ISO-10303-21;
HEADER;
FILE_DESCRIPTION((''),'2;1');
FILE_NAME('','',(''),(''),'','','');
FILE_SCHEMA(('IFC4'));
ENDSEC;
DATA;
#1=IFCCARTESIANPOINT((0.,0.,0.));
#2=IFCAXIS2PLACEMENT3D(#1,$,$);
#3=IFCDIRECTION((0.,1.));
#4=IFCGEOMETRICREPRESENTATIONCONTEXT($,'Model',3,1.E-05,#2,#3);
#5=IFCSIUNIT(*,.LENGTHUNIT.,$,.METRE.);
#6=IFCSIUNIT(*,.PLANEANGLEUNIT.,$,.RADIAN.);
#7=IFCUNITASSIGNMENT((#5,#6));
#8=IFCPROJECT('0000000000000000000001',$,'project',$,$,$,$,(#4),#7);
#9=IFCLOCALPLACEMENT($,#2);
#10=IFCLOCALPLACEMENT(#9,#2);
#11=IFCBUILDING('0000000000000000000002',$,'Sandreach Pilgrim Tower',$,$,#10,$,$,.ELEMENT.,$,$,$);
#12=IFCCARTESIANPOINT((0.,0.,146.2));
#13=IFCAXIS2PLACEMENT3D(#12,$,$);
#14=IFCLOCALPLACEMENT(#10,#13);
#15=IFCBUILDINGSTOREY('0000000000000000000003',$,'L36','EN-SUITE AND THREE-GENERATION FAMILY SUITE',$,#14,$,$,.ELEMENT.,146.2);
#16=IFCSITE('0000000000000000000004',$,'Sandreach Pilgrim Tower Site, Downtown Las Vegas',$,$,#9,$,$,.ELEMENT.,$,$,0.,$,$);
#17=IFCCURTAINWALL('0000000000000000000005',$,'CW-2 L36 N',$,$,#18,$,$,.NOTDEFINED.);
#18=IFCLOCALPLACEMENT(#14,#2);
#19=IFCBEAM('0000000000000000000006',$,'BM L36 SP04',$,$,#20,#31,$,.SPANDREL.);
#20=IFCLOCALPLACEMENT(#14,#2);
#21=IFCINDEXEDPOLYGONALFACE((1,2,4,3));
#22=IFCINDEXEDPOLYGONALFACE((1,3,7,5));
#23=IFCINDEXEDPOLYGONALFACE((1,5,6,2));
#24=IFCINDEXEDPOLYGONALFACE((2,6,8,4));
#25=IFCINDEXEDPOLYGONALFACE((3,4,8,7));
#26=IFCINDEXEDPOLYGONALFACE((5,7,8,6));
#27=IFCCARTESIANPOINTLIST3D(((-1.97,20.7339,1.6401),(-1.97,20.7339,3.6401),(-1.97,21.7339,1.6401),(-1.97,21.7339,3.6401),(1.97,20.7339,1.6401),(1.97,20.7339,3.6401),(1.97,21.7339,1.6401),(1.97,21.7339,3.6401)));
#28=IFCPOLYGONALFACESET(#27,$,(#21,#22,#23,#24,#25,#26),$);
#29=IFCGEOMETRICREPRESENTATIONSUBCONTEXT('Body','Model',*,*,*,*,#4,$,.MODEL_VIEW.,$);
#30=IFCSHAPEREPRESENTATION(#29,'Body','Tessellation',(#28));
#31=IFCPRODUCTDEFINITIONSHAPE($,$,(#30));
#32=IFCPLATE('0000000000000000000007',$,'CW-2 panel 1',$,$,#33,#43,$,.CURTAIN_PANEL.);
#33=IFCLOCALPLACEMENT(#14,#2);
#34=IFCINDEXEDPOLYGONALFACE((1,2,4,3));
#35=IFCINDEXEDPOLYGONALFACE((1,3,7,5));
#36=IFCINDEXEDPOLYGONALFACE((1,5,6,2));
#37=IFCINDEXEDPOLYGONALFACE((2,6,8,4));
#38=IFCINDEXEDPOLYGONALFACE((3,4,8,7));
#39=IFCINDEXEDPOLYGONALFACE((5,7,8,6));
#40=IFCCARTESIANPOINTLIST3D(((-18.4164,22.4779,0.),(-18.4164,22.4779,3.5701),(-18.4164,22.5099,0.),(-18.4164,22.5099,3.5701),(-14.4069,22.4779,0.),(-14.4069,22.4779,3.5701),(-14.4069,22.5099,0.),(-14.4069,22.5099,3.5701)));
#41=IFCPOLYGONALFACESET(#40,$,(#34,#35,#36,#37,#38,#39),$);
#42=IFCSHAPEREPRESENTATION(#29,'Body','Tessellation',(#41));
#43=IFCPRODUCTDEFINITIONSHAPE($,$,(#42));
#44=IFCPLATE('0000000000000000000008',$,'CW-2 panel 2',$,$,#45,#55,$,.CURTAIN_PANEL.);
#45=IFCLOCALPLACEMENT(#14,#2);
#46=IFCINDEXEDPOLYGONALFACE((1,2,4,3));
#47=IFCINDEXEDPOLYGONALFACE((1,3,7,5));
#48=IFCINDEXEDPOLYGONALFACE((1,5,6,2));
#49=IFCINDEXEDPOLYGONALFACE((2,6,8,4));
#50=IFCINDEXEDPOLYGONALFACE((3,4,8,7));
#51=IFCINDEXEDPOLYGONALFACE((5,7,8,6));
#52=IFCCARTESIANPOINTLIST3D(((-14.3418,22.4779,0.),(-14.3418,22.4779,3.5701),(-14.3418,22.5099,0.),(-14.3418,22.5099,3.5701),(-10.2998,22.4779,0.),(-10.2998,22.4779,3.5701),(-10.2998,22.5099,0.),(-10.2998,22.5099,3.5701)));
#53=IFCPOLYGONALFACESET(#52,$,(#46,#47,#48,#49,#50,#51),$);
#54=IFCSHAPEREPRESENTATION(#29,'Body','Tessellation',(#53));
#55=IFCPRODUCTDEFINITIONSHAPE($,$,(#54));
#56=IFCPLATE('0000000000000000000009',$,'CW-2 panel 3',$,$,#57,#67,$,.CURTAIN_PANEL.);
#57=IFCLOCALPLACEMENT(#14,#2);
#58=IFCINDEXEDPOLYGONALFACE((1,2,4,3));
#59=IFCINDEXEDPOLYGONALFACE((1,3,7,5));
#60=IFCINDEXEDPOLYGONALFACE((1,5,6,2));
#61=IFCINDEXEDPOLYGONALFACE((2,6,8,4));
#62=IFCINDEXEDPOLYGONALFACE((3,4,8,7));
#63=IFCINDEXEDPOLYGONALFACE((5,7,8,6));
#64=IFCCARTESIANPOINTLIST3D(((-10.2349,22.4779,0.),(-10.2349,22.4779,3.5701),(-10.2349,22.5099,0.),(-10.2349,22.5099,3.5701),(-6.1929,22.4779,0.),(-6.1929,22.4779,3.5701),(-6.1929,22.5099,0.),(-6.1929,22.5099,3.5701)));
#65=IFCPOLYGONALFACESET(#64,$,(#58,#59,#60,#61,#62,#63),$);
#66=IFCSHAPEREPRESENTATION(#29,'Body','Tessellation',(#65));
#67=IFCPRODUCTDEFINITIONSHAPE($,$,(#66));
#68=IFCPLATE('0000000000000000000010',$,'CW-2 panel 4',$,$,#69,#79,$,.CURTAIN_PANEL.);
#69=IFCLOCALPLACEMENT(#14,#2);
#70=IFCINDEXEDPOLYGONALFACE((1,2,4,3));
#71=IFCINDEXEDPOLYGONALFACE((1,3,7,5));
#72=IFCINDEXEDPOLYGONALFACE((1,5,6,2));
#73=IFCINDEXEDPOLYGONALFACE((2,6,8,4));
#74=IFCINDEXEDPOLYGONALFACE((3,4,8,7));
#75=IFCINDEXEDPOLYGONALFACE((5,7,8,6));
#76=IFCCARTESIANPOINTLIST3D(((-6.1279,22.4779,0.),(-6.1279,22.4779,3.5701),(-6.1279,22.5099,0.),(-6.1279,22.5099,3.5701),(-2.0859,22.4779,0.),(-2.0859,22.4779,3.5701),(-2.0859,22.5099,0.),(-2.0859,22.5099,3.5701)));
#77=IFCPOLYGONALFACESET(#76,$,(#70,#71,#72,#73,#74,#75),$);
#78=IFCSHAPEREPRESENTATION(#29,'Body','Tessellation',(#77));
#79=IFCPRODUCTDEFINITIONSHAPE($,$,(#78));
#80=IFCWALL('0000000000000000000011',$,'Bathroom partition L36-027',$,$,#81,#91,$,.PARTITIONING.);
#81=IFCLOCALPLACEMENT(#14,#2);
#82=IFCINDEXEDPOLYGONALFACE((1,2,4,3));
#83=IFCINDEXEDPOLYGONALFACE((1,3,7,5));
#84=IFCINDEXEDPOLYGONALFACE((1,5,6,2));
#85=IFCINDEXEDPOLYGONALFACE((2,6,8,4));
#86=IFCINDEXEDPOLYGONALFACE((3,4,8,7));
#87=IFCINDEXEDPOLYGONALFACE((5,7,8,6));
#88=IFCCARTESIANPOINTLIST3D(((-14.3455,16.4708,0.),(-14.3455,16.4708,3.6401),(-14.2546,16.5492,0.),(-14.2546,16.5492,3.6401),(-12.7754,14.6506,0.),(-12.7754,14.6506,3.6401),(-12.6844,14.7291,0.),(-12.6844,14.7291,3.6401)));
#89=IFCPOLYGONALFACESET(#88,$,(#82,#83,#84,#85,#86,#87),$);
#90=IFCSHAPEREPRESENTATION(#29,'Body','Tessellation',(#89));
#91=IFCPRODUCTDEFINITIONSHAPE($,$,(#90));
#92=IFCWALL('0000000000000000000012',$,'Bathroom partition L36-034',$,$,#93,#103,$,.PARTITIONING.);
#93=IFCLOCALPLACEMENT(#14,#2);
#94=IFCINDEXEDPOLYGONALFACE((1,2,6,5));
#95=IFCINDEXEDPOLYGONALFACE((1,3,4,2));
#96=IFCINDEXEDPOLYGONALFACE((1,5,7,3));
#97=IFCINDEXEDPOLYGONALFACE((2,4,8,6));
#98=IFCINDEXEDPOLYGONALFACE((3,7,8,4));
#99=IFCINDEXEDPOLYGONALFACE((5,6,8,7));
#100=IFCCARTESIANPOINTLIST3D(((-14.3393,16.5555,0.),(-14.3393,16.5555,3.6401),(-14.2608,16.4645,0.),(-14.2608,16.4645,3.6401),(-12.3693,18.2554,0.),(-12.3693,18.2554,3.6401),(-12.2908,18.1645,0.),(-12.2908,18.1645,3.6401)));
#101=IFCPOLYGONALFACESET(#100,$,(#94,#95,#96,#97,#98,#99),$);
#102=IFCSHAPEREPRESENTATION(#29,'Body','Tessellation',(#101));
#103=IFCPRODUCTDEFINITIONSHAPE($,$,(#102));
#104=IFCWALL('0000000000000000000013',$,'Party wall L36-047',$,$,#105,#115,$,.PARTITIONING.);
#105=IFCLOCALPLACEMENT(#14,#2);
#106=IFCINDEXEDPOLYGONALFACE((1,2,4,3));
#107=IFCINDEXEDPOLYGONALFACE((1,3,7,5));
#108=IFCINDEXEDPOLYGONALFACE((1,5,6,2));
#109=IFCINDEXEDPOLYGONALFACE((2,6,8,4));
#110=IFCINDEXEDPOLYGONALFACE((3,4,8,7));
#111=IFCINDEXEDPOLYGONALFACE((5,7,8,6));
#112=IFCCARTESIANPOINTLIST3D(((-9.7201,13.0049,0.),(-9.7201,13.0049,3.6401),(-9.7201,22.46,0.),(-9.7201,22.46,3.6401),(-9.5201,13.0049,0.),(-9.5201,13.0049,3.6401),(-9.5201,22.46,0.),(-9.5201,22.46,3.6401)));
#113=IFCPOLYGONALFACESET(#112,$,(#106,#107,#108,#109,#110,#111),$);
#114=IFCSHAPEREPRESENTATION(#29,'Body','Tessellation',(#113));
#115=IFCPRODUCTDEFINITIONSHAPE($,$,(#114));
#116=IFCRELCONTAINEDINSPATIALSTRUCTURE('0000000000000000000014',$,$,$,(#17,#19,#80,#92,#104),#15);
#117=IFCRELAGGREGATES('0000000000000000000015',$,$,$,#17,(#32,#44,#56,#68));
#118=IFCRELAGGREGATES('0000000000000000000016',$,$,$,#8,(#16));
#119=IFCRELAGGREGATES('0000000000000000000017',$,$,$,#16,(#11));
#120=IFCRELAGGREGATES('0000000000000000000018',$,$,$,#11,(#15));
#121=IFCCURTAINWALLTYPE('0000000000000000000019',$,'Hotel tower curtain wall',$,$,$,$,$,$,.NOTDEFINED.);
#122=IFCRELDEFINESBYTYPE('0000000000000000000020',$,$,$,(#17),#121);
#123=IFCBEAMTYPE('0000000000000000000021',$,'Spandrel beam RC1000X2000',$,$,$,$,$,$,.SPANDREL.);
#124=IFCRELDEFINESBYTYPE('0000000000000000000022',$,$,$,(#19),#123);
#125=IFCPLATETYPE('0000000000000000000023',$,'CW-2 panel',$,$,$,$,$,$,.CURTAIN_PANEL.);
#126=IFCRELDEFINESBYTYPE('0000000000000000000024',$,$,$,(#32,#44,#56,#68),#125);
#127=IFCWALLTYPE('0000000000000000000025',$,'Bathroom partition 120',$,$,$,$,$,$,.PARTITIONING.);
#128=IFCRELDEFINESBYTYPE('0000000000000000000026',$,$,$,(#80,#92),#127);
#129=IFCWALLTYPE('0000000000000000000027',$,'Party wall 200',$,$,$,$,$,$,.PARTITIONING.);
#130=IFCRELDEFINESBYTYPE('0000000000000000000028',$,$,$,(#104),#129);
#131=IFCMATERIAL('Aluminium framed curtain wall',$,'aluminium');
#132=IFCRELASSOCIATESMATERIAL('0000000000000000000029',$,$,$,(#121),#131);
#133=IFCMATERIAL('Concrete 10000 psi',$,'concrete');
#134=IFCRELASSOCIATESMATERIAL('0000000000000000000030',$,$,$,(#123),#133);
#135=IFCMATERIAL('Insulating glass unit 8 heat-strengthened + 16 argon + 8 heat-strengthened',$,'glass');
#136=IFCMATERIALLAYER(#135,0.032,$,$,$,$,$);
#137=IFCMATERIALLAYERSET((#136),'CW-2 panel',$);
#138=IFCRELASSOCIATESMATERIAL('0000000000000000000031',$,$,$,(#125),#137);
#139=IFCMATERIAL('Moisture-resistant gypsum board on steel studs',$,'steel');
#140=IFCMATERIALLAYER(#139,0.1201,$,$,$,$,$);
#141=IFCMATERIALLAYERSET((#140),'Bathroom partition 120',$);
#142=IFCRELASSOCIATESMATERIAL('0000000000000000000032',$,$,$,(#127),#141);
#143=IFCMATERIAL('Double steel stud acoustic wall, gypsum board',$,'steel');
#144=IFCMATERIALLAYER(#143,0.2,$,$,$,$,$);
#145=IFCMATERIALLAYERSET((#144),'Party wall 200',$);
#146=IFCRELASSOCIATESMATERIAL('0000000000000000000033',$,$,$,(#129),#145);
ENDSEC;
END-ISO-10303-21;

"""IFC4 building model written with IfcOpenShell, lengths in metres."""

from ifc_helpers import new_model, si_unit, direction, frame, frame_2d, origin, origin_2d, place, context, subcontext, project, spatial, rectangle, extrude, material, layer, layer_set, material_profile, profile_set, type_object, element, aggregate, save


model = new_model("IFC4")

# Units and contexts
model_context = context("Model", 3, precision=1e-05, world=origin(), true_north=direction((0.0, 1.0)))
body_context = subcontext(model_context, "Body", "Model", "MODEL_VIEW")
ifc_project = project(units=[si_unit("LENGTHUNIT", "METRE"), si_unit("PLANEANGLEUNIT", "RADIAN")], contexts=[model_context])

# Site, building, storey
site_placement = place(None, origin())
site = spatial("IfcSite", under=ifc_project, at=site_placement, Name="Sandreach Pilgrim Tower Site, Downtown Las Vegas", CompositionType="ELEMENT", RefElevation=0.0)
building_placement = place(site_placement, origin())
building = spatial("IfcBuilding", under=site, at=building_placement, Name="Sandreach Pilgrim Tower", CompositionType="ELEMENT")
storey_placement = place(building_placement, frame((0.0, 0.0, 146.2)))
storey = spatial("IfcBuildingStorey", under=building, at=storey_placement, Name="L36", Description="EN-SUITE AND THREE-GENERATION FAMILY SUITE", CompositionType="ELEMENT", Elevation=146.2)

# Curtain wall
ifc_material_1 = material(Name="Aluminium framed curtain wall", Category="aluminium")
curtain_wall_type = type_object("IfcCurtainWallType", Name="Hotel tower curtain wall", PredefinedType="NOTDEFINED", material=ifc_material_1)
curtain_wall_placement = place(storey_placement, origin())
curtain_wall = element("IfcCurtainWall", 1, at=curtain_wall_placement, inside=storey, type_object=curtain_wall_type, Name="CW-2 L36 N", PredefinedType="NOTDEFINED")

# Beam
ifc_material_2 = material(Name="Concrete 10000 psi", Category="concrete")
ifc_material_profile_1 = material_profile(ifc_material_2, rectangle(XDim=1.0, YDim=2.0, at=origin_2d()), Name="RC1000X2000")
ifc_profile_set_1 = profile_set([ifc_material_profile_1], Name="Concrete 10000 psi")
beam_type_1 = type_object("IfcBeamType", Name="Spandrel beam RC1000X2000", PredefinedType="SPANDREL", material=ifc_profile_set_1)
for number, where, z_axis, x_axis, name in (
    (2, (-1.97, 21.2339, 2.6401), (1.0, 0.0, 0.0), (0.0, 1.0, 0.0), "BM L36 SP04"),
):
    element("IfcBeam", number, at=place(storey_placement, frame(where, z_axis=z_axis, x_axis=x_axis)), inside=storey, type_object=beam_type_1, Name=name, PredefinedType="SPANDREL", context=body_context, shape_type="SweptSolid", body=[
        extrude(rectangle(XDim=1.0, YDim=2.0, at=origin_2d()), origin(), (0.0, 0.0, 1.0), 3.9399),
    ])

# Plates
ifc_material_3 = material(Name="Insulating glass unit 8 heat-strengthened + 16 argon + 8 heat-strengthened", Category="glass")
ifc_layer_1 = layer(ifc_material_3, 0.032)
ifc_layer_set_1 = layer_set([ifc_layer_1], Name="CW-2 panel")
plate_type = type_object("IfcPlateType", Name="CW-2 panel", PredefinedType="CURTAIN_PANEL", material=ifc_layer_set_1)
plate_1_placement = place(storey_placement, frame((-16.4116, 22.4939, 0.0), z_axis=(0.0, 0.0, 1.0), x_axis=(1.0, 0.0, 0.0)))
plate_1 = element("IfcPlate", 3, at=plate_1_placement, type_object=plate_type, Name="CW-2 panel 1", PredefinedType="CURTAIN_PANEL", context=body_context, shape_type="SweptSolid", body=[
    extrude(rectangle(XDim=4.0095, YDim=0.032, at=origin_2d()), origin(), (0.0, 0.0, 1.0), 3.5701),
])
plate_2_placement = place(storey_placement, frame((-12.3208, 22.4939, 0.0), z_axis=(0.0, 0.0, 1.0), x_axis=(1.0, 0.0, 0.0)))
plate_2 = element("IfcPlate", 4, at=plate_2_placement, type_object=plate_type, Name="CW-2 panel 2", PredefinedType="CURTAIN_PANEL", context=body_context, shape_type="SweptSolid", body=[
    extrude(rectangle(XDim=4.042, YDim=0.032, at=origin_2d()), origin(), (0.0, 0.0, 1.0), 3.5701),
])
plate_3_placement = place(storey_placement, frame((-8.2139, 22.4939, 0.0), z_axis=(0.0, 0.0, 1.0), x_axis=(1.0, 0.0, 0.0)))
plate_3 = element("IfcPlate", 5, at=plate_3_placement, type_object=plate_type, Name="CW-2 panel 3", PredefinedType="CURTAIN_PANEL", context=body_context, shape_type="SweptSolid", body=[
    extrude(rectangle(XDim=4.042, YDim=0.032, at=origin_2d()), origin(), (0.0, 0.0, 1.0), 3.5701),
])
plate_4_placement = place(storey_placement, frame((-4.1069, 22.4939, 0.0), z_axis=(0.0, 0.0, 1.0), x_axis=(1.0, 0.0, 0.0)))
plate_4 = element("IfcPlate", 6, at=plate_4_placement, type_object=plate_type, Name="CW-2 panel 4", PredefinedType="CURTAIN_PANEL", context=body_context, shape_type="SweptSolid", body=[
    extrude(rectangle(XDim=4.042, YDim=0.032, at=origin_2d()), origin(), (0.0, 0.0, 1.0), 3.5701),
])
aggregate(curtain_wall, [plate_1, plate_2, plate_3, plate_4])

# Walls
ifc_material_4 = material(Name="Moisture-resistant gypsum board on steel studs", Category="steel")
ifc_layer_2 = layer(ifc_material_4, 0.1201)
ifc_layer_set_2 = layer_set([ifc_layer_2], Name="Bathroom partition 120")
wall_type_1 = type_object("IfcWallType", Name="Bathroom partition 120", PredefinedType="PARTITIONING", material=ifc_layer_set_2)
wall_1_placement = place(storey_placement, frame((-14.3, 16.51, 0.0), z_axis=(0.0, 0.0, 1.0), x_axis=(0.653189, -0.757195, 0.0)))
element("IfcWall", 7, at=wall_1_placement, inside=storey, type_object=wall_type_1, Name="Bathroom partition L36-027", PredefinedType="PARTITIONING", context=body_context, shape_type="SweptSolid", body=[
    extrude(rectangle(XDim=2.4038, YDim=0.1201, at=frame_2d((1.2019, 0.0))), origin(), (0.0, 0.0, 1.0), 3.6401),
])
wall_2_placement = place(storey_placement, frame((-12.3301, 18.21, 0.0), z_axis=(0.0, 0.0, 1.0), x_axis=(-0.757087, -0.653314, 0.0)))
element("IfcWall", 8, at=wall_2_placement, inside=storey, type_object=wall_type_1, Name="Bathroom partition L36-034", PredefinedType="PARTITIONING", context=body_context, shape_type="SweptSolid", body=[
    extrude(rectangle(XDim=2.6021, YDim=0.1201, at=frame_2d((1.301, 0.0))), origin(), (0.0, 0.0, 1.0), 3.6401),
])

# Wall
ifc_material_5 = material(Name="Double steel stud acoustic wall, gypsum board", Category="steel")
ifc_layer_3 = layer(ifc_material_5, 0.2)
ifc_layer_set_3 = layer_set([ifc_layer_3], Name="Party wall 200")
wall_type_2 = type_object("IfcWallType", Name="Party wall 200", PredefinedType="PARTITIONING", material=ifc_layer_set_3)
wall_3_placement = place(storey_placement, frame((-9.6201, 22.46, 0.0), z_axis=(0.0, 0.0, 1.0), x_axis=(0.0, -1.0, 0.0)))
element("IfcWall", 9, at=wall_3_placement, inside=storey, type_object=wall_type_2, Name="Party wall L36-047", PredefinedType="PARTITIONING", context=body_context, shape_type="SweptSolid", body=[
    extrude(rectangle(XDim=9.4551, YDim=0.2, at=frame_2d((4.7275, 0.0))), origin(), (0.0, 0.0, 1.0), 3.6401),
])

save(model, "model.ifc")
